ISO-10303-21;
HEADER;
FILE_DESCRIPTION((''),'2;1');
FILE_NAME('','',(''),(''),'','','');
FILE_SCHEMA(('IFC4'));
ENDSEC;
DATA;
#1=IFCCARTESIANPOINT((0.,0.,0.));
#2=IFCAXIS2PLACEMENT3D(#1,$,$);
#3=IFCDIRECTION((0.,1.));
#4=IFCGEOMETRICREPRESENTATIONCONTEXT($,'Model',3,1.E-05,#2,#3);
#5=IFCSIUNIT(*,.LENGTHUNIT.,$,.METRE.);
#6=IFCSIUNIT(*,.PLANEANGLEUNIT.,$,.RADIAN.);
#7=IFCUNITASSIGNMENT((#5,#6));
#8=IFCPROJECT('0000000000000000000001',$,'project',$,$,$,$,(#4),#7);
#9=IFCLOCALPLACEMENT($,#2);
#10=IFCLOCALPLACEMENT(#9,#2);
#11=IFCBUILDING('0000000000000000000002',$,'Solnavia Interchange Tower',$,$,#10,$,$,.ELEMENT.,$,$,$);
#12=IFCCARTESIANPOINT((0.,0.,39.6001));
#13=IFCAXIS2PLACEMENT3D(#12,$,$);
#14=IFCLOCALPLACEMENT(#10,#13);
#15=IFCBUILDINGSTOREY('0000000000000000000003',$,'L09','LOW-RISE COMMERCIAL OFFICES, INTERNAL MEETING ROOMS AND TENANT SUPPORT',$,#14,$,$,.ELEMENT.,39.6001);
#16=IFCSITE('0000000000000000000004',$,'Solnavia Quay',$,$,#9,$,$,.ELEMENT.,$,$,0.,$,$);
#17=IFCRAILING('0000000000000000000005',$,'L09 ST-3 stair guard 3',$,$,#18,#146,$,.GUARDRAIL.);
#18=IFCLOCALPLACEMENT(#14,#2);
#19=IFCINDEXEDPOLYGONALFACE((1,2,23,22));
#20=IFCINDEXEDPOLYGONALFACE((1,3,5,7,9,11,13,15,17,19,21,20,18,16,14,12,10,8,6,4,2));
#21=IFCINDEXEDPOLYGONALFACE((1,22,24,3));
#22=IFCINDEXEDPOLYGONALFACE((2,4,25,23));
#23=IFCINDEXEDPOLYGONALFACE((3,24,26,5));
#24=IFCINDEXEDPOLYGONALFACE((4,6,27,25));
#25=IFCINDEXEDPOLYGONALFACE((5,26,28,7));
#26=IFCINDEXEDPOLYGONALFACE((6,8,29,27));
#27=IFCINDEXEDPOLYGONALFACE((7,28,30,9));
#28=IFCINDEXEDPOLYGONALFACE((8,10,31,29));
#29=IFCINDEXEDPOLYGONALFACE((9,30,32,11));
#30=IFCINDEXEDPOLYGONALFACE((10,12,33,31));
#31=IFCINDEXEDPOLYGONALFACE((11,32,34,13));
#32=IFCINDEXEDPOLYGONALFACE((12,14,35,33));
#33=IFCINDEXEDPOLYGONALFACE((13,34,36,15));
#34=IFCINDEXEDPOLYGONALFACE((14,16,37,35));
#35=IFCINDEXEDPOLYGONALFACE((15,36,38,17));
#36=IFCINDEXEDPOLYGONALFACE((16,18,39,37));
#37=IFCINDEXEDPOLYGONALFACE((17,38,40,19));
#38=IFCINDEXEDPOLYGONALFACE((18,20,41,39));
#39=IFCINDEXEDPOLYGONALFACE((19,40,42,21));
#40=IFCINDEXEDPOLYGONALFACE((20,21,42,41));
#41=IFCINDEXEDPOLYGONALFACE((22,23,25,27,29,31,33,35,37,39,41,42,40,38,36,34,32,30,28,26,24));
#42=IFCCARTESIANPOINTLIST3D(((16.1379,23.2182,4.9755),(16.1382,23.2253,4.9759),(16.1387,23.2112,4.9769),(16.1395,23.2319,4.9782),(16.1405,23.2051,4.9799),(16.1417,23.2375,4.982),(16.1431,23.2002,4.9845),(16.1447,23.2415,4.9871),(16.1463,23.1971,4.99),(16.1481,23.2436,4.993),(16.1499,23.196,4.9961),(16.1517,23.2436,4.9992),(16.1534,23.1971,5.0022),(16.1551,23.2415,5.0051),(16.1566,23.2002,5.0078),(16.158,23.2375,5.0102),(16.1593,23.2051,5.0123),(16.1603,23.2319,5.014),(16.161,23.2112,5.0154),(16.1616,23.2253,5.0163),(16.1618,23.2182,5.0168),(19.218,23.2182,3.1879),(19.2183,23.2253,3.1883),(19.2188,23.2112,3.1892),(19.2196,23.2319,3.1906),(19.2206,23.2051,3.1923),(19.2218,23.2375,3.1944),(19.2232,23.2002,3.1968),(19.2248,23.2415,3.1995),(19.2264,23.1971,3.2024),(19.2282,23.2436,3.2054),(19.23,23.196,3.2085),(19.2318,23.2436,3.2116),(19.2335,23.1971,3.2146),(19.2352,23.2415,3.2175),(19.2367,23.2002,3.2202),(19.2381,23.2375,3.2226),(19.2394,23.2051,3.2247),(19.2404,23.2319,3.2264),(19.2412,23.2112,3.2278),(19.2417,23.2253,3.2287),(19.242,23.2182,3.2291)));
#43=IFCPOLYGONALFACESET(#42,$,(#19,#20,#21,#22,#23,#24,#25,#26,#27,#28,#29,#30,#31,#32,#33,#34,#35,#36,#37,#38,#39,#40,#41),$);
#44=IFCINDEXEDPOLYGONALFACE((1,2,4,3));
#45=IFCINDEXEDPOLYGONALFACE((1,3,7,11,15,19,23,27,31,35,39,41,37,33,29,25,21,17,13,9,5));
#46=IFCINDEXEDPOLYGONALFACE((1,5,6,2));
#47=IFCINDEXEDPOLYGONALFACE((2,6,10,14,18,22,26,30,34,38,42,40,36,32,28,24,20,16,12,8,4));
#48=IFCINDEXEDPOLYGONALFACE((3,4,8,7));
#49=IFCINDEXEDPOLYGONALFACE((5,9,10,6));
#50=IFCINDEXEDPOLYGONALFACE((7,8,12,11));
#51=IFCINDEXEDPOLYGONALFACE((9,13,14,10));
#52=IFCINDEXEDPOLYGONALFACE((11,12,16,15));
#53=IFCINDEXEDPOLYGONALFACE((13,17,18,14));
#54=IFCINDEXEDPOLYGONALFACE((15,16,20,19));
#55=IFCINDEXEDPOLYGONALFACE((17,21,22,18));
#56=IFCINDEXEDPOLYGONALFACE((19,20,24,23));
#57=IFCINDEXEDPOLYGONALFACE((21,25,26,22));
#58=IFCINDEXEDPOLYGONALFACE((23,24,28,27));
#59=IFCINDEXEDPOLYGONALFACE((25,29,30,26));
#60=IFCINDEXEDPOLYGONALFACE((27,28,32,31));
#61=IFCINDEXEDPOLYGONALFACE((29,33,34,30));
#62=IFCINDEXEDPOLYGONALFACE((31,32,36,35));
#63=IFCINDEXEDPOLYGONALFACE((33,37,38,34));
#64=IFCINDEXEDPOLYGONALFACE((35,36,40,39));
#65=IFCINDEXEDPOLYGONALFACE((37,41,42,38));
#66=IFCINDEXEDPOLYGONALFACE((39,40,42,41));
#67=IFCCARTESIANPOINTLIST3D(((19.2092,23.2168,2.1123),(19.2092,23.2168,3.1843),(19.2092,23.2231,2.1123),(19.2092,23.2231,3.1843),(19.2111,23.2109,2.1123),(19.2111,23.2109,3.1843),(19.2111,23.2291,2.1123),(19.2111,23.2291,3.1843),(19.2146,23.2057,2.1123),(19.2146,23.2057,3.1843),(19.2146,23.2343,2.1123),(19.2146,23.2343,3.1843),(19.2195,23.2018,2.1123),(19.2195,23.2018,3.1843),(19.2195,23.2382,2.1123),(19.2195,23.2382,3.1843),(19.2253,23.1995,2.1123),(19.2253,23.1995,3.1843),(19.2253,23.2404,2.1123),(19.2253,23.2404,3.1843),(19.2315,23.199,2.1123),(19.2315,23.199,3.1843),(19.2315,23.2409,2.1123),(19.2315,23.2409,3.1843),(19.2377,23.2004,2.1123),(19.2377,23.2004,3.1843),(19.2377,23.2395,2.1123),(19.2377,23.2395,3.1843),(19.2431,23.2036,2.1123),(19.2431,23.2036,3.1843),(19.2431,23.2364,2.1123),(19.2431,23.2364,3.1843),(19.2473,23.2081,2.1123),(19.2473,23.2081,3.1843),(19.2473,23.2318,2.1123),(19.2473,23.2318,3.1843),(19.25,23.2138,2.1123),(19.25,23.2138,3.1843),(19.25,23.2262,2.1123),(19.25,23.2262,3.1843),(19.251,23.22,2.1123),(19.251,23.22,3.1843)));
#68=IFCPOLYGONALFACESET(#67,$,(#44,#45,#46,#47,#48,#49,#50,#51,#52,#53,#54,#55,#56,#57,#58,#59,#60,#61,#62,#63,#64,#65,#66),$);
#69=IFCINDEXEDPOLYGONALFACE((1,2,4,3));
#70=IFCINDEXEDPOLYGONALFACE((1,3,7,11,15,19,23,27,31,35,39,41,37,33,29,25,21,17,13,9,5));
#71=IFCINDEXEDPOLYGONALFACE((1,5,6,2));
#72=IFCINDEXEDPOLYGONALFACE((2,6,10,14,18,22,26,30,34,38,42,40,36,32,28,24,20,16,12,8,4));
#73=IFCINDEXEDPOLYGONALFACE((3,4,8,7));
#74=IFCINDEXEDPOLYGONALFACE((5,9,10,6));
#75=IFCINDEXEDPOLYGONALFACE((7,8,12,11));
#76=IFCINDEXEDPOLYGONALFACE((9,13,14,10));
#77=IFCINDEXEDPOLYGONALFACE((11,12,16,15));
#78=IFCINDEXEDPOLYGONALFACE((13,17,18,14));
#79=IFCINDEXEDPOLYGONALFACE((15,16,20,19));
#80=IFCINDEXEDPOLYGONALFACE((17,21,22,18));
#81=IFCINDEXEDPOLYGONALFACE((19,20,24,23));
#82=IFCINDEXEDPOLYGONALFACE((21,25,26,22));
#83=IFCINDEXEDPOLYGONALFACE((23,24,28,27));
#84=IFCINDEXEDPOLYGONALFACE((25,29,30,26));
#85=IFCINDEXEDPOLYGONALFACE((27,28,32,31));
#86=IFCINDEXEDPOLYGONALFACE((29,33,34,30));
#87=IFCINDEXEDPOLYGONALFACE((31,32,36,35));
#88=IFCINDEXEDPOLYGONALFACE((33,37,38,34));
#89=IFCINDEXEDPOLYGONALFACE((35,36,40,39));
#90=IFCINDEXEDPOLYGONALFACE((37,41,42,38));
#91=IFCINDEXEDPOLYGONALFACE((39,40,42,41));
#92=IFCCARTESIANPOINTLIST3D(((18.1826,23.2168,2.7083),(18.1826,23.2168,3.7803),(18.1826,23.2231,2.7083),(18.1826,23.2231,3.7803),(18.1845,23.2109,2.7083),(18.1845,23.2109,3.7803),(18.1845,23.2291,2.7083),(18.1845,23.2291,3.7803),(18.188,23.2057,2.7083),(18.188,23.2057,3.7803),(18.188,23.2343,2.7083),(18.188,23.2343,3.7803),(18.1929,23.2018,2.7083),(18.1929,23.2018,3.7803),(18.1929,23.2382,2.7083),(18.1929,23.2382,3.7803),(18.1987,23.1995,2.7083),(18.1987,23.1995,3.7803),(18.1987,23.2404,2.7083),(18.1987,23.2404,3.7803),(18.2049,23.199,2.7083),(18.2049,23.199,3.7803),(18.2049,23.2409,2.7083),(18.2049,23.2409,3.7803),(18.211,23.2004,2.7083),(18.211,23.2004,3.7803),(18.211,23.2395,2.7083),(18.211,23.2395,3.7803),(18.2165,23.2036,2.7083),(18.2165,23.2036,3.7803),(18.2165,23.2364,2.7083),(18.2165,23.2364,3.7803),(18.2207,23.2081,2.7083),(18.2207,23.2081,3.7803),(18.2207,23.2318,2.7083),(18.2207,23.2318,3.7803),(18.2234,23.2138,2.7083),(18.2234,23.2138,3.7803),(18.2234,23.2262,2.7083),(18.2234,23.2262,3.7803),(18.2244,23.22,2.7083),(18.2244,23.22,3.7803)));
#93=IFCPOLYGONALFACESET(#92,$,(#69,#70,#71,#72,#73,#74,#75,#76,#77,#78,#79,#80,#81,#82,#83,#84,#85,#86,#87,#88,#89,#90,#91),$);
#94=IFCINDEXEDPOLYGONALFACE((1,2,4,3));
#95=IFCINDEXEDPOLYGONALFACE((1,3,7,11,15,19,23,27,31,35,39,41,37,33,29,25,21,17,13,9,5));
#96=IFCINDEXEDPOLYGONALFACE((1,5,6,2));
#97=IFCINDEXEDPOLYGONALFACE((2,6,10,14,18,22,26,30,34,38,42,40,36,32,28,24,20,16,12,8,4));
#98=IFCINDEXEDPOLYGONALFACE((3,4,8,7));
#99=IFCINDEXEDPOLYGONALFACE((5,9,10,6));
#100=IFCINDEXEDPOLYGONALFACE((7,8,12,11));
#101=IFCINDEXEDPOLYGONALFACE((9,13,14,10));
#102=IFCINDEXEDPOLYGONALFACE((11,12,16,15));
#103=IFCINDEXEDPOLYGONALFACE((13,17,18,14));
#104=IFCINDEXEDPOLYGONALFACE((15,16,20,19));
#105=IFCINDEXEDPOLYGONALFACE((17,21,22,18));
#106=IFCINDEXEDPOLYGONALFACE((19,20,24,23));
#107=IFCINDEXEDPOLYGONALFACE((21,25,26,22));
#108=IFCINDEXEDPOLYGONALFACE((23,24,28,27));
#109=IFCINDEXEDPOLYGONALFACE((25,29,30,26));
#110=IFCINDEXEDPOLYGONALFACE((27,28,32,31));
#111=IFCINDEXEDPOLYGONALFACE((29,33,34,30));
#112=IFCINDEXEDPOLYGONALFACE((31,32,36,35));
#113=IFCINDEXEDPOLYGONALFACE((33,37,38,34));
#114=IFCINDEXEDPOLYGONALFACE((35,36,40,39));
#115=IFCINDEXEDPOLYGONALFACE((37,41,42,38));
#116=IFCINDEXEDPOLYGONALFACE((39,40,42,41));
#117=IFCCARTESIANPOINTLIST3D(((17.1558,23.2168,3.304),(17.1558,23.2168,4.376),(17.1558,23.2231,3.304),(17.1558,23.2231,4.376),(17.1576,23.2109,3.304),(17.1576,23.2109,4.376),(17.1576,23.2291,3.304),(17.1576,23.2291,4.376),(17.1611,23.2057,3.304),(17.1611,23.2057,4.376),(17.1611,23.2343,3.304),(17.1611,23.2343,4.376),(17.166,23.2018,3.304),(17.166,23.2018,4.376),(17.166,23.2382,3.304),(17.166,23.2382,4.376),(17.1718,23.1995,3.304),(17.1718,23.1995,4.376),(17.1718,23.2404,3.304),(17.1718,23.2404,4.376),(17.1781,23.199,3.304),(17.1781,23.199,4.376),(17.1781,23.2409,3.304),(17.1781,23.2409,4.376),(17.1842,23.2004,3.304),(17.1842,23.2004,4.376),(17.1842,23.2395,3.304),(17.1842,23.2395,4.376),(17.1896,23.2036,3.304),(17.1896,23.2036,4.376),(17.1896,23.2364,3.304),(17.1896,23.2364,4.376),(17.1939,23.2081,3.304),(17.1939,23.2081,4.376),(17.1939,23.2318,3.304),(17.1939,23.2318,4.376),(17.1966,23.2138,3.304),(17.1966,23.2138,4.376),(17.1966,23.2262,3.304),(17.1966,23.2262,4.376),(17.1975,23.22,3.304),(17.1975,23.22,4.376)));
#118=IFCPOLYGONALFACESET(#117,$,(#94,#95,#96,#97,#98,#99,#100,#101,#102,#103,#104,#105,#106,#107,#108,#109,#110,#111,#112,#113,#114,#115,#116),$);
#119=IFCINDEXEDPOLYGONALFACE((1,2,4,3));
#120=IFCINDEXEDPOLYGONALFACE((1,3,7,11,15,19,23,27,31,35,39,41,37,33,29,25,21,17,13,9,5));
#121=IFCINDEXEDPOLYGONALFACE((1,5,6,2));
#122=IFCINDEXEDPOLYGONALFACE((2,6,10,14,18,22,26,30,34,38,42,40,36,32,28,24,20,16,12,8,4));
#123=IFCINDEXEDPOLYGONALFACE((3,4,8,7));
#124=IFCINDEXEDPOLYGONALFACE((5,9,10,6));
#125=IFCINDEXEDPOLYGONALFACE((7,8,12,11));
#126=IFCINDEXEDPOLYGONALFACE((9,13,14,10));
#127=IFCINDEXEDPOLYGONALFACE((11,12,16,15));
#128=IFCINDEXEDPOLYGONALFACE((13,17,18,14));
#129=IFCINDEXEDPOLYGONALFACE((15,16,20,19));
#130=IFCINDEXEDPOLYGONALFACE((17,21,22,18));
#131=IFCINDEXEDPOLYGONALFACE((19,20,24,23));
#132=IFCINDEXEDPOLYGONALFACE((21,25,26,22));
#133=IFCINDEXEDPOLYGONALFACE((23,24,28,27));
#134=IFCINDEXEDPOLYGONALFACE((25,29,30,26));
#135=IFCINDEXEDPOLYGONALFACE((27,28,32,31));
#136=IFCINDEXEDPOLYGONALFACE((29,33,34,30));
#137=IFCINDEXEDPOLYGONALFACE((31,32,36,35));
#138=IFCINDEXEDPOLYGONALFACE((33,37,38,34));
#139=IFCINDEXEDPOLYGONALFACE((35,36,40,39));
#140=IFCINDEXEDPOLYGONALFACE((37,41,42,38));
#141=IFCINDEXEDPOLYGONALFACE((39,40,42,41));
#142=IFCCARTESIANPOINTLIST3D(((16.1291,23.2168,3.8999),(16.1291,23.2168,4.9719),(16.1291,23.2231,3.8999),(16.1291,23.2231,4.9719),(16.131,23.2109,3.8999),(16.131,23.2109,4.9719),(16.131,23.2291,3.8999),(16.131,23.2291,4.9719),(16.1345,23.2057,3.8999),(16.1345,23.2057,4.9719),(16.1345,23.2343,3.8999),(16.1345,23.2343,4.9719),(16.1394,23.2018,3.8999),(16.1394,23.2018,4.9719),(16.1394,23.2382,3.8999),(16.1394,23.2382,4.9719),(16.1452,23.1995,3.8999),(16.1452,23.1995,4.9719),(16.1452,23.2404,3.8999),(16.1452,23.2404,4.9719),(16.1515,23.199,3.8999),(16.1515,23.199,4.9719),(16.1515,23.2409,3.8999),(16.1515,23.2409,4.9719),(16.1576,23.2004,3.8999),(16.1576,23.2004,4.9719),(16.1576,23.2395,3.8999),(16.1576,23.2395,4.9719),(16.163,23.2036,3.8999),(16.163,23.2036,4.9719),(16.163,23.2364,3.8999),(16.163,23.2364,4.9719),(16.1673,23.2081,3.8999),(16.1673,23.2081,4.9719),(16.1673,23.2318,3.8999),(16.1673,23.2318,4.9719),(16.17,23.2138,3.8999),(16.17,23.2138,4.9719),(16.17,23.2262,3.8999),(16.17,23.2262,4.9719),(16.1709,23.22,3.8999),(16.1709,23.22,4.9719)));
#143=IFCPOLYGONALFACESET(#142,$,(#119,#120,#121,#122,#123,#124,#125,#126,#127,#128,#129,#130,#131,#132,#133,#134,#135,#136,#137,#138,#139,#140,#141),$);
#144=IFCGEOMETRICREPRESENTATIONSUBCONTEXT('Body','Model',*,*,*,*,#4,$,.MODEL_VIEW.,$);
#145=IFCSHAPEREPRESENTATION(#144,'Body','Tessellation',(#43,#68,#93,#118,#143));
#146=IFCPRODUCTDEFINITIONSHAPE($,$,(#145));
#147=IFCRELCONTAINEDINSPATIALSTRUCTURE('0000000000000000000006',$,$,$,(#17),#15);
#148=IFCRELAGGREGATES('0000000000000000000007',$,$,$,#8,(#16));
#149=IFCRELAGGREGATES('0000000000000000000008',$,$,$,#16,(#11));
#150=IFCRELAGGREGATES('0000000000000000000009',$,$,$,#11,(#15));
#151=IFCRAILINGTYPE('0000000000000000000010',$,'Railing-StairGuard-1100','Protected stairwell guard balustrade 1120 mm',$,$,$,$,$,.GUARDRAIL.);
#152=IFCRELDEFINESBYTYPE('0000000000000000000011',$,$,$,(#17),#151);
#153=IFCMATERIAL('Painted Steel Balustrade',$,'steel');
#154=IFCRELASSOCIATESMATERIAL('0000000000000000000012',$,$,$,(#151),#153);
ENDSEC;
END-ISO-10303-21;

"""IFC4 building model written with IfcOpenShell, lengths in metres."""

from ifc_helpers import new_model, si_unit, direction, frame, origin, origin_2d, place, context, subcontext, project, spatial, circle, extrude, material, type_object, element, save


model = new_model("IFC4")

# Units and contexts
model_context = context("Model", 3, precision=1e-05, world=origin(), true_north=direction((0.0, 1.0)))
body_context = subcontext(model_context, "Body", "Model", "MODEL_VIEW")
ifc_project = project(units=[si_unit("LENGTHUNIT", "METRE"), si_unit("PLANEANGLEUNIT", "RADIAN")], contexts=[model_context])

# Site, building, storey
site_placement = place(None, origin())
site = spatial("IfcSite", under=ifc_project, at=site_placement, Name="Solnavia Quay", CompositionType="ELEMENT", RefElevation=0.0)
building_placement = place(site_placement, origin())
building = spatial("IfcBuilding", under=site, at=building_placement, Name="Solnavia Interchange Tower", CompositionType="ELEMENT")
storey_placement = place(building_placement, frame((0.0, 0.0, 39.6001)))
storey = spatial("IfcBuildingStorey", under=building, at=storey_placement, Name="L09", Description="LOW-RISE COMMERCIAL OFFICES, INTERNAL MEETING ROOMS AND TENANT SUPPORT", CompositionType="ELEMENT", Elevation=39.6001)

# Railing
ifc_material_1 = material(Name="Painted Steel Balustrade", Category="steel")
railing_type_1 = type_object("IfcRailingType", Name="Railing-StairGuard-1100", Description="Protected stairwell guard balustrade 1120 mm", PredefinedType="GUARDRAIL", material=ifc_material_1)
railing_1_placement = place(storey_placement, frame((19.23, 23.22, 2.1123)))
element("IfcRailing", 1, at=railing_1_placement, inside=storey, type_object=railing_type_1, Name="L09 ST-3 stair guard 3", PredefinedType="GUARDRAIL", context=body_context, shape_type="SweptSolid", body=[
    extrude(circle(Radius=0.0239, at=origin_2d()), frame((0.0, 0.0, 1.0962), z_axis=(-0.864891, 0.0, 0.50196), x_axis=(0.0, -1.0, 0.0)), (0.0, 0.0, 1.0), 3.5613),
    extrude(circle(Radius=0.021, at=origin_2d()), origin(), (0.0, 0.0, 1.0), 1.072),
    extrude(circle(Radius=0.021, at=origin_2d()), frame((-1.0266, 0.0, 0.5959)), (0.0, 0.0, 1.0), 1.072),
    extrude(circle(Radius=0.021, at=origin_2d()), frame((-2.0535, 0.0, 1.1917)), (0.0, 0.0, 1.0), 1.072),
    extrude(circle(Radius=0.021, at=origin_2d()), frame((-3.0801, 0.0, 1.7876)), (0.0, 0.0, 1.0), 1.072),
])

save(model, "model.ifc")
